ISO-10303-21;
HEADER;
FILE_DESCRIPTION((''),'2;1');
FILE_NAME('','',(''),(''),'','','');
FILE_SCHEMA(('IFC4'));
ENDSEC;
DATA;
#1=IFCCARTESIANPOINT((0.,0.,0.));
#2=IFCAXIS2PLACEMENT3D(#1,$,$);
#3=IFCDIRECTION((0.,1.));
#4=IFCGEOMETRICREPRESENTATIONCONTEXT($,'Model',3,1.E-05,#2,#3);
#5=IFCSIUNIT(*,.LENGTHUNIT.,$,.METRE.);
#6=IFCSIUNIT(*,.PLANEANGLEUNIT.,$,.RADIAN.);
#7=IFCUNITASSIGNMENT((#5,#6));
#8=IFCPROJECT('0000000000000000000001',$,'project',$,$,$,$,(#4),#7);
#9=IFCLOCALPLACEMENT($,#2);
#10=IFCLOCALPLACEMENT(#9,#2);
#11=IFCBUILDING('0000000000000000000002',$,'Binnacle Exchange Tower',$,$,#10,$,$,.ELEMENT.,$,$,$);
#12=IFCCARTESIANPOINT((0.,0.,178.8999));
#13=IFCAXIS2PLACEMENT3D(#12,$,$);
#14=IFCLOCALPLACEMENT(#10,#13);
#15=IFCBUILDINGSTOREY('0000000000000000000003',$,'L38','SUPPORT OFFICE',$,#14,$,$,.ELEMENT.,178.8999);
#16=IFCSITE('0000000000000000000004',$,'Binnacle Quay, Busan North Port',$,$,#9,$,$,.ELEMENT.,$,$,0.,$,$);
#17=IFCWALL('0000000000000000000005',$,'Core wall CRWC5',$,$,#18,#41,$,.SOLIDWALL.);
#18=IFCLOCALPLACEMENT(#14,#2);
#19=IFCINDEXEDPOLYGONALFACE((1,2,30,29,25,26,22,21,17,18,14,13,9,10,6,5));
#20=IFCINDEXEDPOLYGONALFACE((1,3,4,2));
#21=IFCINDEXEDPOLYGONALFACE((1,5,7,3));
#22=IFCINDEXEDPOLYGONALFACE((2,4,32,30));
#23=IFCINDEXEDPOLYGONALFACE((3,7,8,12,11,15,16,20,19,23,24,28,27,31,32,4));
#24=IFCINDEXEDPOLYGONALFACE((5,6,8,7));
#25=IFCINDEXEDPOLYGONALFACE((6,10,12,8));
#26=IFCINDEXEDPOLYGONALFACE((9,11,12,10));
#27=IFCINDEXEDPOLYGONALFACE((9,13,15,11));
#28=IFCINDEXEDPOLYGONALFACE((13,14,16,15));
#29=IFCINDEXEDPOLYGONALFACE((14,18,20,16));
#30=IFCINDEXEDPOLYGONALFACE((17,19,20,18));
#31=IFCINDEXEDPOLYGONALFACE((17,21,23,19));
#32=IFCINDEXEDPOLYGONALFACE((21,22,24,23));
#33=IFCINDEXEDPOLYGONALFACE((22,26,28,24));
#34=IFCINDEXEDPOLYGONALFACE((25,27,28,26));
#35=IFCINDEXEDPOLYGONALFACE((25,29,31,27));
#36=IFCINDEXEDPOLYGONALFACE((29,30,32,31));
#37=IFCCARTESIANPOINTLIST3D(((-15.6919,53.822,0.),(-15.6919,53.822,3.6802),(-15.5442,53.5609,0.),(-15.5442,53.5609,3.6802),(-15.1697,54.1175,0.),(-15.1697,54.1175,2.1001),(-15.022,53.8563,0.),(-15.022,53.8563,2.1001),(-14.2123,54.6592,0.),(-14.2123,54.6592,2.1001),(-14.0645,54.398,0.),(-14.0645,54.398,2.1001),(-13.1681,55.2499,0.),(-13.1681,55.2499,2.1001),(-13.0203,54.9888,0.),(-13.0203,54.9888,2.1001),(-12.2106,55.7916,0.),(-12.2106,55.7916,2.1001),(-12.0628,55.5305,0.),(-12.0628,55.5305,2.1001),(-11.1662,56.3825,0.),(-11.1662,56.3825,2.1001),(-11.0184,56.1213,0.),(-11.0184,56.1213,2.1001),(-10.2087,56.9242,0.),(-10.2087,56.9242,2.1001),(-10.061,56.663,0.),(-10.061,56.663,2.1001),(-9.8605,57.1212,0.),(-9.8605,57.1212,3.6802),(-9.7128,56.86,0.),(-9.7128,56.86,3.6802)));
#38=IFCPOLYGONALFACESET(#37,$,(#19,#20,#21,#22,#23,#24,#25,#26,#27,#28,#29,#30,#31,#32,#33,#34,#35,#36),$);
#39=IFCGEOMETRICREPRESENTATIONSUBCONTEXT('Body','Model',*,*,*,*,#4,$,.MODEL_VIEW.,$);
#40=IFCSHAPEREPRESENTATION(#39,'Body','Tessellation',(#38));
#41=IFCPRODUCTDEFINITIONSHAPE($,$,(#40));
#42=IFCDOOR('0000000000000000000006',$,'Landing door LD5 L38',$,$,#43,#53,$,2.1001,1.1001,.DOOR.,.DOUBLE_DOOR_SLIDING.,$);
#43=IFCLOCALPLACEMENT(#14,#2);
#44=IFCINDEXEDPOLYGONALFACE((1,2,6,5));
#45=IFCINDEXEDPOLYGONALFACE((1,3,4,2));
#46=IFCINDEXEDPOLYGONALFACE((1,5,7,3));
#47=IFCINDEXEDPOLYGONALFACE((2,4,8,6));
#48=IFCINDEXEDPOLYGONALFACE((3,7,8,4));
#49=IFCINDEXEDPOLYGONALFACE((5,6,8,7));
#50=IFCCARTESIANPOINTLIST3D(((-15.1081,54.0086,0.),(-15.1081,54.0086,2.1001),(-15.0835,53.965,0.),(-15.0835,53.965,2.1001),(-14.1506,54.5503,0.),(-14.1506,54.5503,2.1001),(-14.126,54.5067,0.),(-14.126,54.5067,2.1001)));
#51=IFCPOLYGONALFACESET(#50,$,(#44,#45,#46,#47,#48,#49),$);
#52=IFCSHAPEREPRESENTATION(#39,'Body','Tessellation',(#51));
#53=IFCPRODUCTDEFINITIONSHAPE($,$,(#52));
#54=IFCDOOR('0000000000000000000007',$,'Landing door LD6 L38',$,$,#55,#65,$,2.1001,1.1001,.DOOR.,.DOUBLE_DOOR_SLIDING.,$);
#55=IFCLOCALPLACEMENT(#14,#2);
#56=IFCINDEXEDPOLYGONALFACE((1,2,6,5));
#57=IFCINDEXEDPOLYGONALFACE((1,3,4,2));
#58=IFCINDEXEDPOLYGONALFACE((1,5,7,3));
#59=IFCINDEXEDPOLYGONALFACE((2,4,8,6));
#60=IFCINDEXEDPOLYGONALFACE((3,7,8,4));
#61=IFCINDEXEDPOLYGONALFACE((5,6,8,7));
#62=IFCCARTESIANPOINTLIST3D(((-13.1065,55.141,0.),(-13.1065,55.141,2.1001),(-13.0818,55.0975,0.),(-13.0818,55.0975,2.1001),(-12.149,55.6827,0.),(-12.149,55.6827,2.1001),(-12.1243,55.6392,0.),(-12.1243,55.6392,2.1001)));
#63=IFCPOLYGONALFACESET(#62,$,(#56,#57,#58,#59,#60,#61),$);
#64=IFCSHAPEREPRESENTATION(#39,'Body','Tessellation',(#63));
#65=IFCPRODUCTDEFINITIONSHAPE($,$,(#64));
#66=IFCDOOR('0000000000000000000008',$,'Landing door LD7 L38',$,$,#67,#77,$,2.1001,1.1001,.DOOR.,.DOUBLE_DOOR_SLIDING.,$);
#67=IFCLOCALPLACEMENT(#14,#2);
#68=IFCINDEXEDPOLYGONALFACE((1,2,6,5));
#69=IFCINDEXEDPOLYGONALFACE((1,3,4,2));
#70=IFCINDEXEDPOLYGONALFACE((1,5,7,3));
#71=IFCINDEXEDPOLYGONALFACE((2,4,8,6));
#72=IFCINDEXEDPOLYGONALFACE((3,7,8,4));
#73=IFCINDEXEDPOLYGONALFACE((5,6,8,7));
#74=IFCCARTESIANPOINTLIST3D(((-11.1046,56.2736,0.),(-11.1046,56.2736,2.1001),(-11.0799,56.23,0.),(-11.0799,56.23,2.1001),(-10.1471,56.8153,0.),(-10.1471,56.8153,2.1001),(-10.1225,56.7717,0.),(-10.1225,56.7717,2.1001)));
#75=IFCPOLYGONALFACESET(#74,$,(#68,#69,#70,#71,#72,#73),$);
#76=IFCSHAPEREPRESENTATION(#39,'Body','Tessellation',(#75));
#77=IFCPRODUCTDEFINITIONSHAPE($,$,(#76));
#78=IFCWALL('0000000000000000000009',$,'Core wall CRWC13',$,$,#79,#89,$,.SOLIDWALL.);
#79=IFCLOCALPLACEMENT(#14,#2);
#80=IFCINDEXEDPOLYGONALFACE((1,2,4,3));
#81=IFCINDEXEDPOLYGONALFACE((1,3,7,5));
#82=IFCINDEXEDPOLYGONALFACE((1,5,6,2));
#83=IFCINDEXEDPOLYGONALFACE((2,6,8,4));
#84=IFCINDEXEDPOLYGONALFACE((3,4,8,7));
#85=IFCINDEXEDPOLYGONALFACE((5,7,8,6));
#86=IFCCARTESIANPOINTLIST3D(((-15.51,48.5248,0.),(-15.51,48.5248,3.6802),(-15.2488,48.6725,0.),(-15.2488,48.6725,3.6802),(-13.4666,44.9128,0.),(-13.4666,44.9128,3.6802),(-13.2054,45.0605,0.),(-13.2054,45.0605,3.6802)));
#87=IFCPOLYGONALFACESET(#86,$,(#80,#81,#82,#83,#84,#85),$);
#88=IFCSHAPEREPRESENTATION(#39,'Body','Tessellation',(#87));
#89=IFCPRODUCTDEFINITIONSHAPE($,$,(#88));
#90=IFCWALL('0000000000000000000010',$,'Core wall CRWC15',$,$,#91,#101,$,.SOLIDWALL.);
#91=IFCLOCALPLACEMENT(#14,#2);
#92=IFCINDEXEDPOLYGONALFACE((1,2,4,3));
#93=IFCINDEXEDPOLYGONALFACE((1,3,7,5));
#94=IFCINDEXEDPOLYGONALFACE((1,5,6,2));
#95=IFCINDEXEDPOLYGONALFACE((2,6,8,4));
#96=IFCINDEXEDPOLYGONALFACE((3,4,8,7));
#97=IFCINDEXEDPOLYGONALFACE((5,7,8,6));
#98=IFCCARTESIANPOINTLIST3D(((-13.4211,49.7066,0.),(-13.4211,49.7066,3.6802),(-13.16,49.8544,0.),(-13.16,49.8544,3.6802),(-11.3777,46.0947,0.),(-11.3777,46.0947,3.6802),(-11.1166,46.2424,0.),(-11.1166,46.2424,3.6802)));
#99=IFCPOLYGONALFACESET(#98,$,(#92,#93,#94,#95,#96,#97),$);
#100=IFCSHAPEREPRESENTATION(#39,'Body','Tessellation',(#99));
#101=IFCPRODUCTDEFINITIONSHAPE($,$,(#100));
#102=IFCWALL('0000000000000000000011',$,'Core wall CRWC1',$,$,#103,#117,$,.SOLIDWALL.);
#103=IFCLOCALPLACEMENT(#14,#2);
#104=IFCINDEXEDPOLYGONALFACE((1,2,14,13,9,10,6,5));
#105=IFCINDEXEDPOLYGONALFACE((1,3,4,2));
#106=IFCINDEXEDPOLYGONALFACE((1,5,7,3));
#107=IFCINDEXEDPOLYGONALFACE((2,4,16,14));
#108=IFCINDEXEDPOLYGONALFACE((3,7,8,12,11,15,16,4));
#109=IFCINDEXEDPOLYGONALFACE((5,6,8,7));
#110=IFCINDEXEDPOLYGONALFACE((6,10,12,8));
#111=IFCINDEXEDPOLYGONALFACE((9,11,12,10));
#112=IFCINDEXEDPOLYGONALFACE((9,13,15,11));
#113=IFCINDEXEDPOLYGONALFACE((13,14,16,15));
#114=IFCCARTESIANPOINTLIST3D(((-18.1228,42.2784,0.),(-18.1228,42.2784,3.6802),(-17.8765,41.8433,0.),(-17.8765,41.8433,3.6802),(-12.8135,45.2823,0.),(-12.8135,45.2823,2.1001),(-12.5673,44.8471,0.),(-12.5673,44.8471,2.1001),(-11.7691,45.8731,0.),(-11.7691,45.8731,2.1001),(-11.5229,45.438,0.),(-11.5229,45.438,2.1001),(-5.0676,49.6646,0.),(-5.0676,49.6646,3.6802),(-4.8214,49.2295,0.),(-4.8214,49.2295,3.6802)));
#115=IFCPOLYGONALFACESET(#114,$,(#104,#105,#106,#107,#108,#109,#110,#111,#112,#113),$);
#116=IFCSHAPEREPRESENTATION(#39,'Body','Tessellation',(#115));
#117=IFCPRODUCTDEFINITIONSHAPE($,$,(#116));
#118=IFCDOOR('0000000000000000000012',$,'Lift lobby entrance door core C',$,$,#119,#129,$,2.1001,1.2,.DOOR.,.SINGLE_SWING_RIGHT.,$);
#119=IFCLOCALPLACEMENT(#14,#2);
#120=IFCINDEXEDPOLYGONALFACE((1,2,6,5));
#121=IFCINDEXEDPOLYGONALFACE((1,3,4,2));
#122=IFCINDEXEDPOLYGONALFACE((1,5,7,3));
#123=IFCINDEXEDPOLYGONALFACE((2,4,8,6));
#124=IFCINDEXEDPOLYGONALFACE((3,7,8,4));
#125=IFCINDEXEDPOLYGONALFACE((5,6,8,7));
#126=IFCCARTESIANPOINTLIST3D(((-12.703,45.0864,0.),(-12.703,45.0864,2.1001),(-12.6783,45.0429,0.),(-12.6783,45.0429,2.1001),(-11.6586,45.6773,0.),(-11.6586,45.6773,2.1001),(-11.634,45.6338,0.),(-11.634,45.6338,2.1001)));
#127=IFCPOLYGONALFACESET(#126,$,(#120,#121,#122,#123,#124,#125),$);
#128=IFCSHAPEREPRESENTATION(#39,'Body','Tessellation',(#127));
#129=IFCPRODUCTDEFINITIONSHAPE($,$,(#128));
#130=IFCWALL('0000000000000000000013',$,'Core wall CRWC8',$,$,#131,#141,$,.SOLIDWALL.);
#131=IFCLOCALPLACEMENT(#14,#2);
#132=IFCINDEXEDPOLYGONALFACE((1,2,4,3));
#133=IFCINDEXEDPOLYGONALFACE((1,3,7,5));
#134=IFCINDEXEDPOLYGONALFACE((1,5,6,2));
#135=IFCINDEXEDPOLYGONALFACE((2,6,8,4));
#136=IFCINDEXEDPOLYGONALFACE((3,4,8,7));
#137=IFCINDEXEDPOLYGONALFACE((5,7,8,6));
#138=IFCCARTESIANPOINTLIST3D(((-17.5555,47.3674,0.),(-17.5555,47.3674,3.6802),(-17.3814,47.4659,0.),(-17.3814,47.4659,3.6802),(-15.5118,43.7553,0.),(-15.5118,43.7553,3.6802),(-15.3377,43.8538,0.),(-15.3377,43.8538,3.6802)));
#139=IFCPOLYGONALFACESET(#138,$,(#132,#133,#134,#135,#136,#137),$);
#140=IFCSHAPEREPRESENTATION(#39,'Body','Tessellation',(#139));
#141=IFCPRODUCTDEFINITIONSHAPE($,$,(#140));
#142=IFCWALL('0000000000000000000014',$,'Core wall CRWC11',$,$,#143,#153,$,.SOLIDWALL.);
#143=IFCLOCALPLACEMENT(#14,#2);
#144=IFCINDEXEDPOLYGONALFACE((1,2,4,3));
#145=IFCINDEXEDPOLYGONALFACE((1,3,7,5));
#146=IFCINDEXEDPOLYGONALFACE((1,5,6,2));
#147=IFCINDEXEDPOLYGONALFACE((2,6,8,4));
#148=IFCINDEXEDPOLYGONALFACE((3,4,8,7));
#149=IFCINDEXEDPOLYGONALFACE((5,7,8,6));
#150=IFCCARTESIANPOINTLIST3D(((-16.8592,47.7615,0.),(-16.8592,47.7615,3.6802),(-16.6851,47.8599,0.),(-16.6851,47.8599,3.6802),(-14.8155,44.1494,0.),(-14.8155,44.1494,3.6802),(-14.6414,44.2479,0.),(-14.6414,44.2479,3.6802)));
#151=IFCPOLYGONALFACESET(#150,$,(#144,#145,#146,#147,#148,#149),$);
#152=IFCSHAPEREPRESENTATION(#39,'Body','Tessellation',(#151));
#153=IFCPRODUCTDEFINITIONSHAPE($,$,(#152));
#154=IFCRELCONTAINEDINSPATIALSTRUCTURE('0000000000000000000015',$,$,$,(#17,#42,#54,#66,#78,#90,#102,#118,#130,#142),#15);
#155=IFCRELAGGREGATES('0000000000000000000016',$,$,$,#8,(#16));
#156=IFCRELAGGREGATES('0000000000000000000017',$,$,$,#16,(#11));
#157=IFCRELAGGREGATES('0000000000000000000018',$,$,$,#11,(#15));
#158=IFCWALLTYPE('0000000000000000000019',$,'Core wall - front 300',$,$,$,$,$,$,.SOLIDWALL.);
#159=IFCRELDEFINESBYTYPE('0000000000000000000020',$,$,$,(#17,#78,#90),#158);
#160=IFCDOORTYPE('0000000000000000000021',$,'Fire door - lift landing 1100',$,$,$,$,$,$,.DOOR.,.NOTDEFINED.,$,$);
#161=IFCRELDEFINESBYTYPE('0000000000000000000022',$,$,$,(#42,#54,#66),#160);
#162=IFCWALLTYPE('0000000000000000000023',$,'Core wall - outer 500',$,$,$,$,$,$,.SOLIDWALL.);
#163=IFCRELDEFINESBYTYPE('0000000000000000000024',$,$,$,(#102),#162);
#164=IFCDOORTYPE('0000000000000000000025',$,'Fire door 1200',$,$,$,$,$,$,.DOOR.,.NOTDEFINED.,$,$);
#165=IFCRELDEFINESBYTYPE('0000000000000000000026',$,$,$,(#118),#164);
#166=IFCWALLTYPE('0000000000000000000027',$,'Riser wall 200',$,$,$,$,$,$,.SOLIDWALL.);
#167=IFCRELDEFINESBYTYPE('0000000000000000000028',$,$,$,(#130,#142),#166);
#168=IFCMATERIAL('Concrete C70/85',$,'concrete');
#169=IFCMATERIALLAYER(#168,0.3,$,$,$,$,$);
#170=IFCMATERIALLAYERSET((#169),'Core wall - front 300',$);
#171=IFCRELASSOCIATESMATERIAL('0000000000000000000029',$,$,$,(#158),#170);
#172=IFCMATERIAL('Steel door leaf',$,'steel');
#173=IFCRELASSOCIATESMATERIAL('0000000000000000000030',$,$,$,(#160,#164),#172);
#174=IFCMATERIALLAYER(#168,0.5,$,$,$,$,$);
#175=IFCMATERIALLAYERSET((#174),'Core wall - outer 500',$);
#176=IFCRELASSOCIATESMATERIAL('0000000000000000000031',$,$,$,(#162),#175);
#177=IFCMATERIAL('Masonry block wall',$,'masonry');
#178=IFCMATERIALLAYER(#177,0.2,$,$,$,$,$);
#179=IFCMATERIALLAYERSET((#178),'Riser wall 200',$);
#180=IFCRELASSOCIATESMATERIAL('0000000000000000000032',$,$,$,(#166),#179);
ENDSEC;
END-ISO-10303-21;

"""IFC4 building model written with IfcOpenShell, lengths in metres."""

from ifc_helpers import new_model, si_unit, direction, frame, frame_2d, origin, place, context, subcontext, project, spatial, rectangle, extrude, material, layer, layer_set, type_object, element, fill, save


model = new_model("IFC4")

# Units and contexts
model_context = context("Model", 3, precision=1e-05, world=origin(), true_north=direction((0.0, 1.0)))
body_context = subcontext(model_context, "Body", "Model", "MODEL_VIEW")
ifc_project = project(units=[si_unit("LENGTHUNIT", "METRE"), si_unit("PLANEANGLEUNIT", "RADIAN")], contexts=[model_context])

# Site, building, storey
site_placement = place(None, origin())
site = spatial("IfcSite", under=ifc_project, at=site_placement, Name="Binnacle Quay, Busan North Port", CompositionType="ELEMENT", RefElevation=0.0)
building_placement = place(site_placement, origin())
building = spatial("IfcBuilding", under=site, at=building_placement, Name="Binnacle Exchange Tower", CompositionType="ELEMENT")
storey_placement = place(building_placement, frame((0.0, 0.0, 178.8999)))
storey = spatial("IfcBuildingStorey", under=building, at=storey_placement, Name="L38", Description="SUPPORT OFFICE", CompositionType="ELEMENT", Elevation=178.8999)

# Wall, openings, doors
ifc_material_1 = material(Name="Concrete C70/85", Category="concrete")
ifc_layer_1 = layer(ifc_material_1, 0.3)
ifc_layer_set_1 = layer_set([ifc_layer_1], Name="Core wall - front 300")
wall_type_1 = type_object("IfcWallType", Name="Core wall - front 300", PredefinedType="SOLIDWALL", material=ifc_layer_set_1)
ifc_material_2 = material(Name="Steel door leaf", Category="steel")
wall_1_placement = place(storey_placement, frame((-15.6182, 53.6914, 0.0), z_axis=(0.0, 0.0, 1.0), x_axis=(0.870363, 0.49241, 0.0)))
wall_1 = element("IfcWall", 1, at=wall_1_placement, inside=storey, type_object=wall_type_1, Name="Core wall CRWC5", PredefinedType="SOLIDWALL", context=body_context, shape_type="SweptSolid", body=[
    extrude(rectangle(XDim=6.7, YDim=0.3, at=frame_2d((3.3501, 0.0))), origin(), (0.0, 0.0, 1.0), 3.6802),
])
opening_1_placement = place(wall_1_placement, frame((0.6001, 0.0, 0.0)))
opening_1 = element("IfcOpeningElement", 2, at=opening_1_placement, cuts=wall_1, PredefinedType="OPENING", context=body_context, shape_type="SweptSolid", body=[
    extrude(rectangle(XDim=1.1001, YDim=2.1001, at=frame_2d((0.55, 1.05))), frame((0.0, 0.1599, 0.0), z_axis=(0.0, -1.0, 0.0), x_axis=(1.0, 0.0, 0.0)), (0.0, 0.0, 1.0), 0.3201),
])
opening_2_placement = place(wall_1_placement, frame((2.8999, 0.0, 0.0)))
opening_2 = element("IfcOpeningElement", 3, at=opening_2_placement, cuts=wall_1, PredefinedType="OPENING", context=body_context, shape_type="SweptSolid", body=[
    extrude(rectangle(XDim=1.1001, YDim=2.1001, at=frame_2d((0.55, 1.05))), frame((0.0, 0.1599, 0.0), z_axis=(0.0, -1.0, 0.0), x_axis=(1.0, 0.0, 0.0)), (0.0, 0.0, 1.0), 0.3201),
])
opening_3_placement = place(wall_1_placement, frame((5.2, 0.0, 0.0)))
opening_3 = element("IfcOpeningElement", 4, at=opening_3_placement, cuts=wall_1, PredefinedType="OPENING", context=body_context, shape_type="SweptSolid", body=[
    extrude(rectangle(XDim=1.1001, YDim=2.1001, at=frame_2d((0.55, 1.05))), frame((0.0, 0.1599, 0.0), z_axis=(0.0, -1.0, 0.0), x_axis=(1.0, 0.0, 0.0)), (0.0, 0.0, 1.0), 0.3201),
])
door_type_1 = type_object("IfcDoorType", Name="Fire door - lift landing 1100", OperationType="NOTDEFINED", PredefinedType="DOOR", material=ifc_material_2)
door_1_placement = place(opening_1_placement, origin())
door_1 = element("IfcDoor", 5, at=door_1_placement, inside=storey, type_object=door_type_1, Name="Landing door LD5 L38", OperationType="DOUBLE_DOOR_SLIDING", OverallHeight=2.1001, OverallWidth=1.1001, PredefinedType="DOOR", context=body_context, shape_type="SweptSolid", body=[
    extrude(rectangle(XDim=1.1001, YDim=2.1001, at=frame_2d((0.55, 1.05))), frame((0.0, 0.0249, 0.0), z_axis=(0.0, -1.0, 0.0), x_axis=(1.0, 0.0, 0.0)), (0.0, 0.0, 1.0), 0.05),
])
fill(opening_1, door_1)
door_2_placement = place(opening_2_placement, origin())
door_2 = element("IfcDoor", 6, at=door_2_placement, inside=storey, type_object=door_type_1, Name="Landing door LD6 L38", OperationType="DOUBLE_DOOR_SLIDING", OverallHeight=2.1001, OverallWidth=1.1001, PredefinedType="DOOR", context=body_context, shape_type="SweptSolid", body=[
    extrude(rectangle(XDim=1.1001, YDim=2.1001, at=frame_2d((0.55, 1.05))), frame((0.0, 0.0249, 0.0), z_axis=(0.0, -1.0, 0.0), x_axis=(1.0, 0.0, 0.0)), (0.0, 0.0, 1.0), 0.05),
])
fill(opening_2, door_2)
door_3_placement = place(opening_3_placement, origin())
door_3 = element("IfcDoor", 7, at=door_3_placement, inside=storey, type_object=door_type_1, Name="Landing door LD7 L38", OperationType="DOUBLE_DOOR_SLIDING", OverallHeight=2.1001, OverallWidth=1.1001, PredefinedType="DOOR", context=body_context, shape_type="SweptSolid", body=[
    extrude(rectangle(XDim=1.1001, YDim=2.1001, at=frame_2d((0.55, 1.05))), frame((0.0, 0.0249, 0.0), z_axis=(0.0, -1.0, 0.0), x_axis=(1.0, 0.0, 0.0)), (0.0, 0.0, 1.0), 0.05),
])
fill(opening_3, door_3)

# Walls
for number, where, z_axis, x_axis, name in (
    (8, (-15.3794, 48.5986, 0.0), (0.0, 0.0, 1.0), (0.492396, -0.870371, 0.0), "Core wall CRWC13"),
    (9, (-13.2905, 49.7805, 0.0), (0.0, 0.0, 1.0), (0.492396, -0.870371, 0.0), "Core wall CRWC15"),
):
    element("IfcWall", number, at=place(storey_placement, frame(where, z_axis=z_axis, x_axis=x_axis)), inside=storey, type_object=wall_type_1, Name=name, PredefinedType="SOLIDWALL", context=body_context, shape_type="SweptSolid", body=[
        extrude(rectangle(XDim=4.1499, YDim=0.3, at=frame_2d((2.075, 0.0))), origin(), (0.0, 0.0, 1.0), 3.6802),
    ])

# Wall, opening, door
ifc_layer_2 = layer(ifc_material_1, 0.5)
ifc_layer_set_2 = layer_set([ifc_layer_2], Name="Core wall - outer 500")
wall_type_2 = type_object("IfcWallType", Name="Core wall - outer 500", PredefinedType="SOLIDWALL", material=ifc_layer_set_2)
wall_2_placement = place(storey_placement, frame((-17.9998, 42.0608, 0.0), z_axis=(0.0, 0.0, 1.0), x_axis=(0.870357, 0.492422, 0.0)))
wall_2 = element("IfcWall", 10, at=wall_2_placement, inside=storey, type_object=wall_type_2, Name="Core wall CRWC1", PredefinedType="SOLIDWALL", context=body_context, shape_type="SweptSolid", body=[
    extrude(rectangle(XDim=14.9998, YDim=0.5, at=frame_2d((7.5, 0.0))), origin(), (0.0, 0.0, 1.0), 3.6802),
])
opening_4_placement = place(wall_2_placement, frame((6.1001, 0.0, 0.0)))
opening_4 = element("IfcOpeningElement", 11, at=opening_4_placement, cuts=wall_2, PredefinedType="OPENING", context=body_context, shape_type="SweptSolid", body=[
    extrude(rectangle(XDim=1.2, YDim=2.1001, at=frame_2d((0.6001, 1.05))), frame((0.0, 0.26, 0.0), z_axis=(0.0, -1.0, 0.0), x_axis=(1.0, 0.0, 0.0)), (0.0, 0.0, 1.0), 0.52),
])
door_type_2 = type_object("IfcDoorType", Name="Fire door 1200", OperationType="NOTDEFINED", PredefinedType="DOOR", material=ifc_material_2)
door_4_placement = place(opening_4_placement, frame((1.2, 0.0, 0.0), z_axis=(0.0, 0.0, 1.0), x_axis=(-1.0, 0.0, 0.0)))
door_4 = element("IfcDoor", 12, at=door_4_placement, inside=storey, type_object=door_type_2, Name="Lift lobby entrance door core C", OperationType="SINGLE_SWING_RIGHT", OverallHeight=2.1001, OverallWidth=1.2, PredefinedType="DOOR", context=body_context, shape_type="SweptSolid", body=[
    extrude(rectangle(XDim=1.2, YDim=2.1001, at=frame_2d((0.6001, 1.05))), frame((0.0, 0.0249, 0.0), z_axis=(0.0, -1.0, 0.0), x_axis=(1.0, 0.0, 0.0)), (0.0, 0.0, 1.0), 0.05),
])
fill(opening_4, door_4)

# Walls
ifc_material_3 = material(Name="Masonry block wall", Category="masonry")
ifc_layer_3 = layer(ifc_material_3, 0.2)
ifc_layer_set_3 = layer_set([ifc_layer_3], Name="Riser wall 200")
wall_type_3 = type_object("IfcWallType", Name="Riser wall 200", PredefinedType="SOLIDWALL", material=ifc_layer_set_3)
for number, where, z_axis, x_axis, name in (
    (13, (-17.4685, 47.4167, 0.0), (0.0, 0.0, 1.0), (0.492441, -0.870346, 0.0), "Core wall CRWC8"),
    (14, (-16.7722, 47.8108, 0.0), (0.0, 0.0, 1.0), (0.492441, -0.870346, 0.0), "Core wall CRWC11"),
):
    element("IfcWall", number, at=place(storey_placement, frame(where, z_axis=z_axis, x_axis=x_axis)), inside=storey, type_object=wall_type_3, Name=name, PredefinedType="SOLIDWALL", context=body_context, shape_type="SweptSolid", body=[
        extrude(rectangle(XDim=4.1501, YDim=0.2, at=frame_2d((2.0752, 0.0))), origin(), (0.0, 0.0, 1.0), 3.6802),
    ])

save(model, "model.ifc")
